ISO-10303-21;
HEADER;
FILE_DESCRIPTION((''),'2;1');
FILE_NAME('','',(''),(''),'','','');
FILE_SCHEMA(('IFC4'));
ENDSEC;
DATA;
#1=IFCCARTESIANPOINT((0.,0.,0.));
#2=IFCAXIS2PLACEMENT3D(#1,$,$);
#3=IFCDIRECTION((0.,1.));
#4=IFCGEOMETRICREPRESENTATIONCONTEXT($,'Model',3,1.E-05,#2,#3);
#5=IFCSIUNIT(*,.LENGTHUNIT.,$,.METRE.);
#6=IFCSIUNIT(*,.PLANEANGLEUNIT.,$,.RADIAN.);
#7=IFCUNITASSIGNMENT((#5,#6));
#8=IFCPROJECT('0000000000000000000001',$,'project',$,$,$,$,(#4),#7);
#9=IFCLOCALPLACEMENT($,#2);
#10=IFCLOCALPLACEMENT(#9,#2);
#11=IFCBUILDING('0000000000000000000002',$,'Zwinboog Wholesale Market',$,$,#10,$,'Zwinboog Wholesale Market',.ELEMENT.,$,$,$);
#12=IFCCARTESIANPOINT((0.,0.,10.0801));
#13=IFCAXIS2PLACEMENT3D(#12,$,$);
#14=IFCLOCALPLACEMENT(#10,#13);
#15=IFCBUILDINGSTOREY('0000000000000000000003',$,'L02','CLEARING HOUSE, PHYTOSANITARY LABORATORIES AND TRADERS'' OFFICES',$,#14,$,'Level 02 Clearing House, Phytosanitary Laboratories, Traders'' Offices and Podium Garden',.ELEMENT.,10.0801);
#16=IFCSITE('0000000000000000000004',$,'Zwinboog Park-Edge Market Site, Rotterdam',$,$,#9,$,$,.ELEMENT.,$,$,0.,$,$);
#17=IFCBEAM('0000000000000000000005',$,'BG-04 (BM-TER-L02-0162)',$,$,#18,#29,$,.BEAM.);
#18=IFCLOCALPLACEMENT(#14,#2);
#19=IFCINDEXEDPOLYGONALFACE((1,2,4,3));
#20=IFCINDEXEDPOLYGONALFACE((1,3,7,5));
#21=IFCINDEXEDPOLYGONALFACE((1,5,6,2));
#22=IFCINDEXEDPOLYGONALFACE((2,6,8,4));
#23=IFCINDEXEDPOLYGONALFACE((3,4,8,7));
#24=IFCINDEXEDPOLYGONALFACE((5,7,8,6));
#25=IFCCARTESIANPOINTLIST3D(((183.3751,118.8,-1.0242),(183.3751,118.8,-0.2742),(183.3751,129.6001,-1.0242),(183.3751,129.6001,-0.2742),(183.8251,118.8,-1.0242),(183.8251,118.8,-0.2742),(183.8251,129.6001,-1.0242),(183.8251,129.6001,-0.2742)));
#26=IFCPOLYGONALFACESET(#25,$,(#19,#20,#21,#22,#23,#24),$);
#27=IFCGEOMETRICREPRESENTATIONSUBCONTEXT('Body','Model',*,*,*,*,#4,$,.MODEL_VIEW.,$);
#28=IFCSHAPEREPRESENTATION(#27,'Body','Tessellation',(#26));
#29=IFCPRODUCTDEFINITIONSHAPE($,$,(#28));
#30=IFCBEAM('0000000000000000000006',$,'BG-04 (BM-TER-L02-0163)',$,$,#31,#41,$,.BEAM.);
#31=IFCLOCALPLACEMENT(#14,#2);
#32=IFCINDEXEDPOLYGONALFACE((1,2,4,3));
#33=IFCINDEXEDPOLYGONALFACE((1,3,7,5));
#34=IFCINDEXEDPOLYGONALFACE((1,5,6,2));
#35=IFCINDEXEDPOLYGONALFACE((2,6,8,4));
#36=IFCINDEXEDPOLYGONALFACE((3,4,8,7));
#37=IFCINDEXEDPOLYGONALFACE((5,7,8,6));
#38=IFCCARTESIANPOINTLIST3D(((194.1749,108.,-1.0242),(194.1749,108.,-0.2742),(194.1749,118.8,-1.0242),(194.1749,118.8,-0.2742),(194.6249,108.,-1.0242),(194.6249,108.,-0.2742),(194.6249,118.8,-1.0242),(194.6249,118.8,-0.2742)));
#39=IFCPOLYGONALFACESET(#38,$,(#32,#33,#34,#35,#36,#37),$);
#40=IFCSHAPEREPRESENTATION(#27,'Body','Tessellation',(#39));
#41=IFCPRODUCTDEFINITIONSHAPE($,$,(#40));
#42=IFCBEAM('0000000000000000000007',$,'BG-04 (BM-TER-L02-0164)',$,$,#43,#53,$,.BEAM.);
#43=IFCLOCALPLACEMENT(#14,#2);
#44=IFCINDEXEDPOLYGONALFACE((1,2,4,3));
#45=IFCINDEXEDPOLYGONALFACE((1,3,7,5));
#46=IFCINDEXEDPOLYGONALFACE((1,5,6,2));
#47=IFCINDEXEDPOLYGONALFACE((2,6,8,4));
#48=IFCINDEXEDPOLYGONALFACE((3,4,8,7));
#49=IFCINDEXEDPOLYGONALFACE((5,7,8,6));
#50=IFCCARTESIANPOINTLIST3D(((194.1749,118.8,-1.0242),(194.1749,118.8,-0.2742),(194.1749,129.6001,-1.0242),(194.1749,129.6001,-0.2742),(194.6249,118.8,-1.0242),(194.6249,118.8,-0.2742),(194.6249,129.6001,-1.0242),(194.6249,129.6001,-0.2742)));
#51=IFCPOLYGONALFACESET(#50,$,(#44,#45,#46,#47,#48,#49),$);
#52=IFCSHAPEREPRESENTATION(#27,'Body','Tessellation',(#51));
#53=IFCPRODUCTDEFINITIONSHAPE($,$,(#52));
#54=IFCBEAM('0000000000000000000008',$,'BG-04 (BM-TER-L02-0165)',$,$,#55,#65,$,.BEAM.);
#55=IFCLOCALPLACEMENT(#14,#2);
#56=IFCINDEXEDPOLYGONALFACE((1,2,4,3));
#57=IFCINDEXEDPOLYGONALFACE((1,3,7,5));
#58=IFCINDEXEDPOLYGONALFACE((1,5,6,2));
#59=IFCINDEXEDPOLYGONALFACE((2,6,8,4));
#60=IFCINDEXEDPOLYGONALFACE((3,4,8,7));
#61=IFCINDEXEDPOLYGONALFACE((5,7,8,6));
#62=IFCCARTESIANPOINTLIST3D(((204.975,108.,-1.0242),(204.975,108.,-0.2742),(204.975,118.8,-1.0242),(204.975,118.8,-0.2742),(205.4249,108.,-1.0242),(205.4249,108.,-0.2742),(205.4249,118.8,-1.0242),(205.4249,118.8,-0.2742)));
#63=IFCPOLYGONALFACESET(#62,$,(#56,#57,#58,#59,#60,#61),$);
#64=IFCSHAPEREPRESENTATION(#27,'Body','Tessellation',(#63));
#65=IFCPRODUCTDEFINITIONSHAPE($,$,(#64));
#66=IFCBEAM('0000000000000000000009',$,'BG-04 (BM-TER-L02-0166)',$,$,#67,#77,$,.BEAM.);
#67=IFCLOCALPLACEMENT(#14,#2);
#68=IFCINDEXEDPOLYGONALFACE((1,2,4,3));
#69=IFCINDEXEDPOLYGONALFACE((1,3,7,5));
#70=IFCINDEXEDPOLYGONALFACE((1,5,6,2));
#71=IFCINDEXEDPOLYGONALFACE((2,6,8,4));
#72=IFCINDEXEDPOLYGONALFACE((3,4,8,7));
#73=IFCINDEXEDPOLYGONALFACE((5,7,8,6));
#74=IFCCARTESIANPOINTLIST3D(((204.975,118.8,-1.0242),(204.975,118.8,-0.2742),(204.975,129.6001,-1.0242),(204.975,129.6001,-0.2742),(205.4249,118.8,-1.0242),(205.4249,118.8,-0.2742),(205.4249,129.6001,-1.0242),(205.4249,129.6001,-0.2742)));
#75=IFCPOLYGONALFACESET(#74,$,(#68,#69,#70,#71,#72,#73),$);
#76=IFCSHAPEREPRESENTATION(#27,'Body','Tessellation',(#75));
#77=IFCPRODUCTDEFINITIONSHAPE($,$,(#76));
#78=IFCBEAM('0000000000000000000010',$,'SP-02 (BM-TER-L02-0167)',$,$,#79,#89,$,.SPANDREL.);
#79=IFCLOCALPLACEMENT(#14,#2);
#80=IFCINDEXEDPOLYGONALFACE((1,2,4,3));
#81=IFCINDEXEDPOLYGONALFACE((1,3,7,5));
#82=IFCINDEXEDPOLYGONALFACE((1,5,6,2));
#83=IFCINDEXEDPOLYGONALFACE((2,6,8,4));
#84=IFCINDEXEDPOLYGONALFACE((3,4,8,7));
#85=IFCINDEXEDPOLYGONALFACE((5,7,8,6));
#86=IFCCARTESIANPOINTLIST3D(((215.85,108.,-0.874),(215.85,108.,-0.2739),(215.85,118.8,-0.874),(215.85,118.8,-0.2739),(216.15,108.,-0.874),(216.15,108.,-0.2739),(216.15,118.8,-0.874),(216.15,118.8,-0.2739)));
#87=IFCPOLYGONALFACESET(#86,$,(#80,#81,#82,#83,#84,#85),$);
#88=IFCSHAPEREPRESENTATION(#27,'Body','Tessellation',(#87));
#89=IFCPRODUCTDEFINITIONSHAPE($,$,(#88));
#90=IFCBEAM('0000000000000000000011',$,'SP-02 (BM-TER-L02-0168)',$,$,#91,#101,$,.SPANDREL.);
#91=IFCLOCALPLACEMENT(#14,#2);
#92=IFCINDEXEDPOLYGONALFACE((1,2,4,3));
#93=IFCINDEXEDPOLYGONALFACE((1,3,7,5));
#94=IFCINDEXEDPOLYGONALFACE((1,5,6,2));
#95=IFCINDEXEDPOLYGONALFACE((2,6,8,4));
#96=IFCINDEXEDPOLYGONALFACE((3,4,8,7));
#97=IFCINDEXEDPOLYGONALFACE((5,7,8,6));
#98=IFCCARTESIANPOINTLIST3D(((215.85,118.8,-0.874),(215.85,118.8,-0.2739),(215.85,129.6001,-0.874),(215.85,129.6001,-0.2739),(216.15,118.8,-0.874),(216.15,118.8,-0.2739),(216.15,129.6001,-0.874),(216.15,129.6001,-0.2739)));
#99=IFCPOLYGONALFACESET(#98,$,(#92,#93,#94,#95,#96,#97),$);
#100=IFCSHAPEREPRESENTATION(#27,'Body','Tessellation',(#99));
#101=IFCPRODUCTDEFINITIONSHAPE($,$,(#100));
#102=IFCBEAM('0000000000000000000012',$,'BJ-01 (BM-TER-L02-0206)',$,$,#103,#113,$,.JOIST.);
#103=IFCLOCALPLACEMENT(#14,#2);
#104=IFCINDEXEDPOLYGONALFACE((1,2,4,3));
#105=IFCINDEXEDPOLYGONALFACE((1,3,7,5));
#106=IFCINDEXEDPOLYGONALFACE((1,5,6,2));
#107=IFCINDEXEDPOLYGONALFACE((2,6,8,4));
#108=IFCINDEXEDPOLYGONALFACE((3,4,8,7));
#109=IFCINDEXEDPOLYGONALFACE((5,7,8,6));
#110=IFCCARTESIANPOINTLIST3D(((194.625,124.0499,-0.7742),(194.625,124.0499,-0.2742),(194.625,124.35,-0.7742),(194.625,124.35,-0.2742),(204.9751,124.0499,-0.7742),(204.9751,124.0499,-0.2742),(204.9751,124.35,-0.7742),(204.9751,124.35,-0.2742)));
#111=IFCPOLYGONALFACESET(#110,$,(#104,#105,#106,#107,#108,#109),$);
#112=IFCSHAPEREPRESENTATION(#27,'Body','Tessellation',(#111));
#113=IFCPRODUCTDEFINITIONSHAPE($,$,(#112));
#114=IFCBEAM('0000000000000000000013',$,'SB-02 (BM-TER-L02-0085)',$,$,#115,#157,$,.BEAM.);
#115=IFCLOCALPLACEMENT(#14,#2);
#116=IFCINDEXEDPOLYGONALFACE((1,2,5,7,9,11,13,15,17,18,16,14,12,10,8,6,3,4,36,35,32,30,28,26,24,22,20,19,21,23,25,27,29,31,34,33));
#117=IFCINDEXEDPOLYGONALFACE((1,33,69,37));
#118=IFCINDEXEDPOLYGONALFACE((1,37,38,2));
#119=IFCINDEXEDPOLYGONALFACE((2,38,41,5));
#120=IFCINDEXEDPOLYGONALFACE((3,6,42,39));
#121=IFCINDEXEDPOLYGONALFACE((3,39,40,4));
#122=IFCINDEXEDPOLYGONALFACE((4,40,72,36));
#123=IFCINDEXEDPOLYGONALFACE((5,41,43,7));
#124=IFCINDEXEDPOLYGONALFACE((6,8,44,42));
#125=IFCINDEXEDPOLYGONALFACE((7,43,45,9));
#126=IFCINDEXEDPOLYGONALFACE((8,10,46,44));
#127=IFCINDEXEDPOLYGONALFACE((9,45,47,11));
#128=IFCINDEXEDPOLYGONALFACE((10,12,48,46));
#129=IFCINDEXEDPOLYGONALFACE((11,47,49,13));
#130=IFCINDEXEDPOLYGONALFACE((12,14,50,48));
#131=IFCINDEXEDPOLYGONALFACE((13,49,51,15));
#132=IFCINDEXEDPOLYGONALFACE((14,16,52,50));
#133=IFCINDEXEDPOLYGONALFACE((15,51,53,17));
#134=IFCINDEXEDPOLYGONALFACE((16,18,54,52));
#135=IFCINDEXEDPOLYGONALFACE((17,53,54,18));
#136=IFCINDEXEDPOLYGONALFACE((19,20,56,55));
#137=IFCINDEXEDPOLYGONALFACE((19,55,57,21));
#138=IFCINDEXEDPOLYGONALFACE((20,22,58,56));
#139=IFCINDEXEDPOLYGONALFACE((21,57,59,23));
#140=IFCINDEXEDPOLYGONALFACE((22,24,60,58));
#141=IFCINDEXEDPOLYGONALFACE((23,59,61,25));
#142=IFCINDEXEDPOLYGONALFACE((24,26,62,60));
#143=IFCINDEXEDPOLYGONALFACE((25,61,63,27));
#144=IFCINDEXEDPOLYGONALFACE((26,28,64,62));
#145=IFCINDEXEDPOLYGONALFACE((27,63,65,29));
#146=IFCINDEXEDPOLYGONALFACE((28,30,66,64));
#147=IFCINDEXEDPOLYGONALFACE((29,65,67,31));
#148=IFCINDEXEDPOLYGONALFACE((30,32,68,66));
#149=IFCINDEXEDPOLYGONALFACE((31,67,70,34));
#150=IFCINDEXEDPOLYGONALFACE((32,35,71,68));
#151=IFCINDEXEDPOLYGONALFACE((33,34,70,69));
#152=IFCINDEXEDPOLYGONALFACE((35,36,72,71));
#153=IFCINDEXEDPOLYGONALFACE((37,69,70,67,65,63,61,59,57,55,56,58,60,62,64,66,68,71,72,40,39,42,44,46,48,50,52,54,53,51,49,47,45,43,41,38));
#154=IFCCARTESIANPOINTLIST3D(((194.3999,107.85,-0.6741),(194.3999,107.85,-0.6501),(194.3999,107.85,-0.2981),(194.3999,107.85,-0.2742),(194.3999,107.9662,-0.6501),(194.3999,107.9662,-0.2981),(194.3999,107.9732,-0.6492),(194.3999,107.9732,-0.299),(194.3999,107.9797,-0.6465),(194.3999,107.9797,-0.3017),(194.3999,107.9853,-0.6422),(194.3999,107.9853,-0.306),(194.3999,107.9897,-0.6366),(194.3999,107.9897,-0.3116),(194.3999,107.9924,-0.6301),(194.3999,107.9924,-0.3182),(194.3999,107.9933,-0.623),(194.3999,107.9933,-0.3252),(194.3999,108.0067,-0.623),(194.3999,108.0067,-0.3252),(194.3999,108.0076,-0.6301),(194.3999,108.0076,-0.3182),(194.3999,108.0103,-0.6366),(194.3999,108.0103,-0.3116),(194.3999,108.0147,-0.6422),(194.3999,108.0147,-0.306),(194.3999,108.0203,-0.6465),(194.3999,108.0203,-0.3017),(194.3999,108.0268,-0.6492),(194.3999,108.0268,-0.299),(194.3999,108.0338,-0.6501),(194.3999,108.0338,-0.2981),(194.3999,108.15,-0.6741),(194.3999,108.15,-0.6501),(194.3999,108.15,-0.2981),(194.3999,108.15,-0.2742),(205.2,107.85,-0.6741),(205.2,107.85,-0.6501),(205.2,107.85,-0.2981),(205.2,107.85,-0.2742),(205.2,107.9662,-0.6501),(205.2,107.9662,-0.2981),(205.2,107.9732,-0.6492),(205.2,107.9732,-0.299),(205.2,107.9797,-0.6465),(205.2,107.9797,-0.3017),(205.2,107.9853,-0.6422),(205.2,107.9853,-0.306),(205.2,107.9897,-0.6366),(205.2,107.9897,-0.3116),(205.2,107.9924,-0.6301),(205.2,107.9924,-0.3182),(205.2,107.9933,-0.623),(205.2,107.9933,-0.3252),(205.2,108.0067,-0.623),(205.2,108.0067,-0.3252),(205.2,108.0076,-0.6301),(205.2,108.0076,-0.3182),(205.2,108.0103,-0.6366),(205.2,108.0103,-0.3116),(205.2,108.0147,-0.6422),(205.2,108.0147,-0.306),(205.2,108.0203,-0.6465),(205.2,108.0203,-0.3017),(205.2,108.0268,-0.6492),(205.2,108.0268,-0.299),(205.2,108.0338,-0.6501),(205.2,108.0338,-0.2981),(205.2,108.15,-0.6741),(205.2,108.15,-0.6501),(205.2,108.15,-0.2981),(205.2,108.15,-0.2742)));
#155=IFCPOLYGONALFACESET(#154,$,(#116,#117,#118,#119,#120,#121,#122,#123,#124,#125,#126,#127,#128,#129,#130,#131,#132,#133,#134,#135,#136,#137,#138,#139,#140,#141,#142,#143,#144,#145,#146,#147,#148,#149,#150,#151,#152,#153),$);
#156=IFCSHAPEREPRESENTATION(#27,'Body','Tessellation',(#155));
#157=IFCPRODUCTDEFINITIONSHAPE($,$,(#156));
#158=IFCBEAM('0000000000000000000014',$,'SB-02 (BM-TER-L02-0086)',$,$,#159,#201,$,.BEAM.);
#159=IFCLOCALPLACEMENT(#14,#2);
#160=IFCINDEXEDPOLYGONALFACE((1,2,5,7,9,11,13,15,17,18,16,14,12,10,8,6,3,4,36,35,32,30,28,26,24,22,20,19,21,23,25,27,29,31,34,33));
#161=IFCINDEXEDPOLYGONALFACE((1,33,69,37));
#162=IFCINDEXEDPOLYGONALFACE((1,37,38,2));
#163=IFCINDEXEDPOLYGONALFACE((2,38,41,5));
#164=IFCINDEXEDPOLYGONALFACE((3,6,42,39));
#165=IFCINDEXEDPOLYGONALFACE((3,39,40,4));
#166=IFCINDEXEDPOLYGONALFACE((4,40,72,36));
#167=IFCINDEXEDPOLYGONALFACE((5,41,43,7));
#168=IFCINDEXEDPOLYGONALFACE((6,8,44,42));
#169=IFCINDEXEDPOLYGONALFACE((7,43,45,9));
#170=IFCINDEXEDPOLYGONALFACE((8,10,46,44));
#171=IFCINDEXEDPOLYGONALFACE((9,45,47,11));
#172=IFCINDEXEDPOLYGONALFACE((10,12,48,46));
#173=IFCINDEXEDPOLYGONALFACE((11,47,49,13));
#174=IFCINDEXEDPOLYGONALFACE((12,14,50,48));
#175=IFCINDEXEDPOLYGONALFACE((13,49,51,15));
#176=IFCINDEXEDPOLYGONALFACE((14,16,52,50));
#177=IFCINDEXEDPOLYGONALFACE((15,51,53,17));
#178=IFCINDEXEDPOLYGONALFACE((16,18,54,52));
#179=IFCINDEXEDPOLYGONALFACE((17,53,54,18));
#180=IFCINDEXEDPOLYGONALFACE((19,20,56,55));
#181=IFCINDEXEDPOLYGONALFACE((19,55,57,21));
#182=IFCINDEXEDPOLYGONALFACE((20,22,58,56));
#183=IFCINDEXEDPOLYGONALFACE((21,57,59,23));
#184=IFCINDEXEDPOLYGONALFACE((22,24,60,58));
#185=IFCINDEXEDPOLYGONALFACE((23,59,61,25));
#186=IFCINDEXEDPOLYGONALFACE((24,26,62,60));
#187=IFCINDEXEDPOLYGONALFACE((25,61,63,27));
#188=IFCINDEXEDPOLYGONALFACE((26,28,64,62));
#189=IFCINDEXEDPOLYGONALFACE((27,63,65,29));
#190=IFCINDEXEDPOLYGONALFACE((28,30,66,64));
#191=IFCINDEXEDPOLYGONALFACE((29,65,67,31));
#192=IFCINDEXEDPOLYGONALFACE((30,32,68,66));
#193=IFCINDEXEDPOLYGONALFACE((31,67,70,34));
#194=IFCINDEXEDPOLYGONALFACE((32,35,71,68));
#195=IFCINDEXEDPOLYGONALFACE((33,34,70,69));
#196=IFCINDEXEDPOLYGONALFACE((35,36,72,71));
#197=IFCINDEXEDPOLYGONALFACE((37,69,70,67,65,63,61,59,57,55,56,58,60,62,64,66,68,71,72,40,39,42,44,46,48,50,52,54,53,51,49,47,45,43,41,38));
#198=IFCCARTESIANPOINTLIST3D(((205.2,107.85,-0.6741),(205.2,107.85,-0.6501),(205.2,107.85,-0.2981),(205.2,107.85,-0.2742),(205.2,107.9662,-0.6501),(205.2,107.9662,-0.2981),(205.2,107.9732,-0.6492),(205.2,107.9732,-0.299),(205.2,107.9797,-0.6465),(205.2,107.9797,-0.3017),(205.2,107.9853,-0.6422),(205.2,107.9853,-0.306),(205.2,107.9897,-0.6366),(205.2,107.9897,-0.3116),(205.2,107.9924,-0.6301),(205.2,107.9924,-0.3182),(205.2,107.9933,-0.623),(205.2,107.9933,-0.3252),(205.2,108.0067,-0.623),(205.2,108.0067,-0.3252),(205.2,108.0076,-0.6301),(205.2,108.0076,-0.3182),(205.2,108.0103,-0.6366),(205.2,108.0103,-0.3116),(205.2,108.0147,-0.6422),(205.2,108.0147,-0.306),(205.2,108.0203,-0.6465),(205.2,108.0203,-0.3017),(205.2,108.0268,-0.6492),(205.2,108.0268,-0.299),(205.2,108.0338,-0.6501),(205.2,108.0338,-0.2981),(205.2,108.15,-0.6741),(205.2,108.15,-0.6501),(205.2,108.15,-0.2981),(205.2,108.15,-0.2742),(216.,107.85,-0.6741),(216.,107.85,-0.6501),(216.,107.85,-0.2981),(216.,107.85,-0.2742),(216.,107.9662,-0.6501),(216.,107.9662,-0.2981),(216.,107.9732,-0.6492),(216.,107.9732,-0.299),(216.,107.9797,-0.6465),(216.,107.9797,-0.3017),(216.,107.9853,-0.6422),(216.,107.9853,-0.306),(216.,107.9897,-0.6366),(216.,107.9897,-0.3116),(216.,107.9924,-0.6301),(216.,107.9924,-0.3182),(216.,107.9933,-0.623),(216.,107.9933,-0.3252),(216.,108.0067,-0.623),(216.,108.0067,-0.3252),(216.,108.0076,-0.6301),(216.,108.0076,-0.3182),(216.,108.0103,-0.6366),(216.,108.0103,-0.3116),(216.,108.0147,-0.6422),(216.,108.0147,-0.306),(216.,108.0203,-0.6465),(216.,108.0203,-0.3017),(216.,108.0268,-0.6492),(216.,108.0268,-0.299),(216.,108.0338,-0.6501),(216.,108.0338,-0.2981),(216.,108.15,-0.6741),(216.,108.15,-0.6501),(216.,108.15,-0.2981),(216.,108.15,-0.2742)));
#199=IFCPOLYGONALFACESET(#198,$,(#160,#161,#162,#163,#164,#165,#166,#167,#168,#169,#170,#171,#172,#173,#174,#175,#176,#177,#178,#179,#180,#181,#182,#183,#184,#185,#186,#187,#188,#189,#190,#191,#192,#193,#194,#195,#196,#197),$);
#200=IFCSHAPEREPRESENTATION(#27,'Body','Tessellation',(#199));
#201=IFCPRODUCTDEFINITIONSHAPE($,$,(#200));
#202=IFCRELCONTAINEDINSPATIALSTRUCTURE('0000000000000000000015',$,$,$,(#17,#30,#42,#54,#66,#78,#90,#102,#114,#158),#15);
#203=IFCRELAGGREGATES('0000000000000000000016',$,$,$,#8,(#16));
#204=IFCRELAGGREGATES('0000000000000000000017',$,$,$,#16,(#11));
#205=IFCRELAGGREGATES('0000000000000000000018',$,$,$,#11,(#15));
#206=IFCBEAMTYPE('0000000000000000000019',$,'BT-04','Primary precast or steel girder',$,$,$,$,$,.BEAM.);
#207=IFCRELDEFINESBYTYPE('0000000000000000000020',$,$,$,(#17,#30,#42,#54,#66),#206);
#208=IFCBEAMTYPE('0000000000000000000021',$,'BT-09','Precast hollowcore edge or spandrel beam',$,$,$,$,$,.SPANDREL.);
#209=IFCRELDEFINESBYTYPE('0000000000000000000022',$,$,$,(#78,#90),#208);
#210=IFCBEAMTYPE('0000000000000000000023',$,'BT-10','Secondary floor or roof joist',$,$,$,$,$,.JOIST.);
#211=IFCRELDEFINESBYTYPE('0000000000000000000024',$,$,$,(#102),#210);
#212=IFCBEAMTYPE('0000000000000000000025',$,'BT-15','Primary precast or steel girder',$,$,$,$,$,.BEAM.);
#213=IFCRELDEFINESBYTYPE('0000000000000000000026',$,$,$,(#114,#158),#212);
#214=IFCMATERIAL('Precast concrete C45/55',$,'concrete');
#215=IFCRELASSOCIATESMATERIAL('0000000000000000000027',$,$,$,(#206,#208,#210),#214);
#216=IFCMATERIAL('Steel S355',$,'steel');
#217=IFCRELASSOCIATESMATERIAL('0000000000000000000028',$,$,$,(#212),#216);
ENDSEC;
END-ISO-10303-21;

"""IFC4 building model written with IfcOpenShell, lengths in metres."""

from ifc_helpers import new_model, si_unit, direction, frame, origin, origin_2d, place, context, subcontext, project, spatial, rectangle, i_section, extrude, material, material_profile, profile_set, type_object, element, save


model = new_model("IFC4")

# Units and contexts
model_context = context("Model", 3, precision=1e-05, world=origin(), true_north=direction((0.0, 1.0)))
body_context = subcontext(model_context, "Body", "Model", "MODEL_VIEW")
ifc_project = project(units=[si_unit("LENGTHUNIT", "METRE"), si_unit("PLANEANGLEUNIT", "RADIAN")], contexts=[model_context])

# Site, building, storey
site_placement = place(None, origin())
site = spatial("IfcSite", under=ifc_project, at=site_placement, Name="Zwinboog Park-Edge Market Site, Rotterdam", CompositionType="ELEMENT", RefElevation=0.0)
building_placement = place(site_placement, origin())
building = spatial("IfcBuilding", under=site, at=building_placement, Name="Zwinboog Wholesale Market", LongName="Zwinboog Wholesale Market", CompositionType="ELEMENT")
storey_placement = place(building_placement, frame((0.0, 0.0, 10.0801)))
storey = spatial("IfcBuildingStorey", under=building, at=storey_placement, Name="L02", Description="CLEARING HOUSE, PHYTOSANITARY LABORATORIES AND TRADERS' OFFICES", LongName="Level 02 Clearing House, Phytosanitary Laboratories, Traders' Offices and Podium Garden", CompositionType="ELEMENT", Elevation=10.0801)

# Beams
ifc_material_1 = material(Name="Precast concrete C45/55", Category="concrete")
ifc_material_profile_1 = material_profile(ifc_material_1, rectangle(XDim=0.45, YDim=0.75, at=origin_2d()), Name="PC 450x750")
ifc_profile_set_1 = profile_set([ifc_material_profile_1], Name="Precast concrete C45/55")
beam_type_1 = type_object("IfcBeamType", Name="BT-04", Description="Primary precast or steel girder", PredefinedType="BEAM", material=ifc_profile_set_1)
for number, where, z_axis, x_axis, name in (
    (1, (183.6001, 118.8, -0.6492), (0.0, 1.0, 0.0), (-1.0, 0.0, 0.0), "BG-04 (BM-TER-L02-0162)"),
    (2, (194.3999, 108.0, -0.6492), (0.0, 1.0, 0.0), (-1.0, 0.0, 0.0), "BG-04 (BM-TER-L02-0163)"),
    (3, (194.3999, 118.8, -0.6492), (0.0, 1.0, 0.0), (-1.0, 0.0, 0.0), "BG-04 (BM-TER-L02-0164)"),
    (4, (205.2, 108.0, -0.6492), (0.0, 1.0, 0.0), (-1.0, 0.0, 0.0), "BG-04 (BM-TER-L02-0165)"),
    (5, (205.2, 118.8, -0.6492), (0.0, 1.0, 0.0), (-1.0, 0.0, 0.0), "BG-04 (BM-TER-L02-0166)"),
):
    element("IfcBeam", number, at=place(storey_placement, frame(where, z_axis=z_axis, x_axis=x_axis)), inside=storey, type_object=beam_type_1, Name=name, PredefinedType="BEAM", context=body_context, shape_type="SweptSolid", body=[
        extrude(rectangle(XDim=0.45, YDim=0.75, at=origin_2d()), origin(), (0.0, 0.0, 1.0), 10.8),
    ])
ifc_material_profile_2 = material_profile(ifc_material_1, rectangle(XDim=0.3, YDim=0.6001, at=origin_2d()), Name="PC 300x600")
ifc_profile_set_2 = profile_set([ifc_material_profile_2], Name="Precast concrete C45/55")
beam_type_2 = type_object("IfcBeamType", Name="BT-09", Description="Precast hollowcore edge or spandrel beam", PredefinedType="SPANDREL", material=ifc_profile_set_2)
for number, where, z_axis, x_axis, name in (
    (6, (216.0, 108.0, -0.574), (0.0, 1.0, 0.0), (-1.0, 0.0, 0.0), "SP-02 (BM-TER-L02-0167)"),
    (7, (216.0, 118.8, -0.574), (0.0, 1.0, 0.0), (-1.0, 0.0, 0.0), "SP-02 (BM-TER-L02-0168)"),
):
    element("IfcBeam", number, at=place(storey_placement, frame(where, z_axis=z_axis, x_axis=x_axis)), inside=storey, type_object=beam_type_2, Name=name, PredefinedType="SPANDREL", context=body_context, shape_type="SweptSolid", body=[
        extrude(rectangle(XDim=0.3, YDim=0.6001, at=origin_2d()), origin(), (0.0, 0.0, 1.0), 10.8),
    ])
ifc_material_profile_3 = material_profile(ifc_material_1, rectangle(XDim=0.3, YDim=0.5, at=origin_2d()), Name="PC 300x500")
ifc_profile_set_3 = profile_set([ifc_material_profile_3], Name="Precast concrete C45/55")
beam_type_3 = type_object("IfcBeamType", Name="BT-10", Description="Secondary floor or roof joist", PredefinedType="JOIST", material=ifc_profile_set_3)
beam_1_placement = place(storey_placement, frame((194.625, 124.2, -0.5242), z_axis=(1.0, 0.0, 0.0), x_axis=(0.0, 1.0, 0.0)))
element("IfcBeam", 8, at=beam_1_placement, inside=storey, type_object=beam_type_3, Name="BJ-01 (BM-TER-L02-0206)", PredefinedType="JOIST", context=body_context, shape_type="SweptSolid", body=[
    extrude(rectangle(XDim=0.3, YDim=0.5, at=origin_2d()), origin(), (0.0, 0.0, 1.0), 10.3501),
])
ifc_material_2 = material(Name="Steel S355", Category="steel")
ifc_material_profile_4 = material_profile(ifc_material_2, i_section(OverallWidth=0.3, OverallDepth=0.3999, WebThickness=0.0134, FlangeThickness=0.0239, FilletRadius=0.0271, at=origin_2d()), Name="HEB 400")
ifc_profile_set_4 = profile_set([ifc_material_profile_4], Name="Steel S355")
beam_type_4 = type_object("IfcBeamType", Name="BT-15", Description="Primary precast or steel girder", PredefinedType="BEAM", material=ifc_profile_set_4)
for number, where, z_axis, x_axis, name in (
    (9, (194.3999, 108.0, -0.4741), (1.0, 0.0, 0.0), (0.0, 1.0, 0.0), "SB-02 (BM-TER-L02-0085)"),
    (10, (205.2, 108.0, -0.4741), (1.0, 0.0, 0.0), (0.0, 1.0, 0.0), "SB-02 (BM-TER-L02-0086)"),
):
    element("IfcBeam", number, at=place(storey_placement, frame(where, z_axis=z_axis, x_axis=x_axis)), inside=storey, type_object=beam_type_4, Name=name, PredefinedType="BEAM", context=body_context, shape_type="SweptSolid", body=[
        extrude(i_section(OverallWidth=0.3, OverallDepth=0.3999, WebThickness=0.0134, FlangeThickness=0.0239, FilletRadius=0.0271, at=origin_2d()), origin(), (0.0, 0.0, 1.0), 10.8),
    ])

save(model, "model.ifc")
